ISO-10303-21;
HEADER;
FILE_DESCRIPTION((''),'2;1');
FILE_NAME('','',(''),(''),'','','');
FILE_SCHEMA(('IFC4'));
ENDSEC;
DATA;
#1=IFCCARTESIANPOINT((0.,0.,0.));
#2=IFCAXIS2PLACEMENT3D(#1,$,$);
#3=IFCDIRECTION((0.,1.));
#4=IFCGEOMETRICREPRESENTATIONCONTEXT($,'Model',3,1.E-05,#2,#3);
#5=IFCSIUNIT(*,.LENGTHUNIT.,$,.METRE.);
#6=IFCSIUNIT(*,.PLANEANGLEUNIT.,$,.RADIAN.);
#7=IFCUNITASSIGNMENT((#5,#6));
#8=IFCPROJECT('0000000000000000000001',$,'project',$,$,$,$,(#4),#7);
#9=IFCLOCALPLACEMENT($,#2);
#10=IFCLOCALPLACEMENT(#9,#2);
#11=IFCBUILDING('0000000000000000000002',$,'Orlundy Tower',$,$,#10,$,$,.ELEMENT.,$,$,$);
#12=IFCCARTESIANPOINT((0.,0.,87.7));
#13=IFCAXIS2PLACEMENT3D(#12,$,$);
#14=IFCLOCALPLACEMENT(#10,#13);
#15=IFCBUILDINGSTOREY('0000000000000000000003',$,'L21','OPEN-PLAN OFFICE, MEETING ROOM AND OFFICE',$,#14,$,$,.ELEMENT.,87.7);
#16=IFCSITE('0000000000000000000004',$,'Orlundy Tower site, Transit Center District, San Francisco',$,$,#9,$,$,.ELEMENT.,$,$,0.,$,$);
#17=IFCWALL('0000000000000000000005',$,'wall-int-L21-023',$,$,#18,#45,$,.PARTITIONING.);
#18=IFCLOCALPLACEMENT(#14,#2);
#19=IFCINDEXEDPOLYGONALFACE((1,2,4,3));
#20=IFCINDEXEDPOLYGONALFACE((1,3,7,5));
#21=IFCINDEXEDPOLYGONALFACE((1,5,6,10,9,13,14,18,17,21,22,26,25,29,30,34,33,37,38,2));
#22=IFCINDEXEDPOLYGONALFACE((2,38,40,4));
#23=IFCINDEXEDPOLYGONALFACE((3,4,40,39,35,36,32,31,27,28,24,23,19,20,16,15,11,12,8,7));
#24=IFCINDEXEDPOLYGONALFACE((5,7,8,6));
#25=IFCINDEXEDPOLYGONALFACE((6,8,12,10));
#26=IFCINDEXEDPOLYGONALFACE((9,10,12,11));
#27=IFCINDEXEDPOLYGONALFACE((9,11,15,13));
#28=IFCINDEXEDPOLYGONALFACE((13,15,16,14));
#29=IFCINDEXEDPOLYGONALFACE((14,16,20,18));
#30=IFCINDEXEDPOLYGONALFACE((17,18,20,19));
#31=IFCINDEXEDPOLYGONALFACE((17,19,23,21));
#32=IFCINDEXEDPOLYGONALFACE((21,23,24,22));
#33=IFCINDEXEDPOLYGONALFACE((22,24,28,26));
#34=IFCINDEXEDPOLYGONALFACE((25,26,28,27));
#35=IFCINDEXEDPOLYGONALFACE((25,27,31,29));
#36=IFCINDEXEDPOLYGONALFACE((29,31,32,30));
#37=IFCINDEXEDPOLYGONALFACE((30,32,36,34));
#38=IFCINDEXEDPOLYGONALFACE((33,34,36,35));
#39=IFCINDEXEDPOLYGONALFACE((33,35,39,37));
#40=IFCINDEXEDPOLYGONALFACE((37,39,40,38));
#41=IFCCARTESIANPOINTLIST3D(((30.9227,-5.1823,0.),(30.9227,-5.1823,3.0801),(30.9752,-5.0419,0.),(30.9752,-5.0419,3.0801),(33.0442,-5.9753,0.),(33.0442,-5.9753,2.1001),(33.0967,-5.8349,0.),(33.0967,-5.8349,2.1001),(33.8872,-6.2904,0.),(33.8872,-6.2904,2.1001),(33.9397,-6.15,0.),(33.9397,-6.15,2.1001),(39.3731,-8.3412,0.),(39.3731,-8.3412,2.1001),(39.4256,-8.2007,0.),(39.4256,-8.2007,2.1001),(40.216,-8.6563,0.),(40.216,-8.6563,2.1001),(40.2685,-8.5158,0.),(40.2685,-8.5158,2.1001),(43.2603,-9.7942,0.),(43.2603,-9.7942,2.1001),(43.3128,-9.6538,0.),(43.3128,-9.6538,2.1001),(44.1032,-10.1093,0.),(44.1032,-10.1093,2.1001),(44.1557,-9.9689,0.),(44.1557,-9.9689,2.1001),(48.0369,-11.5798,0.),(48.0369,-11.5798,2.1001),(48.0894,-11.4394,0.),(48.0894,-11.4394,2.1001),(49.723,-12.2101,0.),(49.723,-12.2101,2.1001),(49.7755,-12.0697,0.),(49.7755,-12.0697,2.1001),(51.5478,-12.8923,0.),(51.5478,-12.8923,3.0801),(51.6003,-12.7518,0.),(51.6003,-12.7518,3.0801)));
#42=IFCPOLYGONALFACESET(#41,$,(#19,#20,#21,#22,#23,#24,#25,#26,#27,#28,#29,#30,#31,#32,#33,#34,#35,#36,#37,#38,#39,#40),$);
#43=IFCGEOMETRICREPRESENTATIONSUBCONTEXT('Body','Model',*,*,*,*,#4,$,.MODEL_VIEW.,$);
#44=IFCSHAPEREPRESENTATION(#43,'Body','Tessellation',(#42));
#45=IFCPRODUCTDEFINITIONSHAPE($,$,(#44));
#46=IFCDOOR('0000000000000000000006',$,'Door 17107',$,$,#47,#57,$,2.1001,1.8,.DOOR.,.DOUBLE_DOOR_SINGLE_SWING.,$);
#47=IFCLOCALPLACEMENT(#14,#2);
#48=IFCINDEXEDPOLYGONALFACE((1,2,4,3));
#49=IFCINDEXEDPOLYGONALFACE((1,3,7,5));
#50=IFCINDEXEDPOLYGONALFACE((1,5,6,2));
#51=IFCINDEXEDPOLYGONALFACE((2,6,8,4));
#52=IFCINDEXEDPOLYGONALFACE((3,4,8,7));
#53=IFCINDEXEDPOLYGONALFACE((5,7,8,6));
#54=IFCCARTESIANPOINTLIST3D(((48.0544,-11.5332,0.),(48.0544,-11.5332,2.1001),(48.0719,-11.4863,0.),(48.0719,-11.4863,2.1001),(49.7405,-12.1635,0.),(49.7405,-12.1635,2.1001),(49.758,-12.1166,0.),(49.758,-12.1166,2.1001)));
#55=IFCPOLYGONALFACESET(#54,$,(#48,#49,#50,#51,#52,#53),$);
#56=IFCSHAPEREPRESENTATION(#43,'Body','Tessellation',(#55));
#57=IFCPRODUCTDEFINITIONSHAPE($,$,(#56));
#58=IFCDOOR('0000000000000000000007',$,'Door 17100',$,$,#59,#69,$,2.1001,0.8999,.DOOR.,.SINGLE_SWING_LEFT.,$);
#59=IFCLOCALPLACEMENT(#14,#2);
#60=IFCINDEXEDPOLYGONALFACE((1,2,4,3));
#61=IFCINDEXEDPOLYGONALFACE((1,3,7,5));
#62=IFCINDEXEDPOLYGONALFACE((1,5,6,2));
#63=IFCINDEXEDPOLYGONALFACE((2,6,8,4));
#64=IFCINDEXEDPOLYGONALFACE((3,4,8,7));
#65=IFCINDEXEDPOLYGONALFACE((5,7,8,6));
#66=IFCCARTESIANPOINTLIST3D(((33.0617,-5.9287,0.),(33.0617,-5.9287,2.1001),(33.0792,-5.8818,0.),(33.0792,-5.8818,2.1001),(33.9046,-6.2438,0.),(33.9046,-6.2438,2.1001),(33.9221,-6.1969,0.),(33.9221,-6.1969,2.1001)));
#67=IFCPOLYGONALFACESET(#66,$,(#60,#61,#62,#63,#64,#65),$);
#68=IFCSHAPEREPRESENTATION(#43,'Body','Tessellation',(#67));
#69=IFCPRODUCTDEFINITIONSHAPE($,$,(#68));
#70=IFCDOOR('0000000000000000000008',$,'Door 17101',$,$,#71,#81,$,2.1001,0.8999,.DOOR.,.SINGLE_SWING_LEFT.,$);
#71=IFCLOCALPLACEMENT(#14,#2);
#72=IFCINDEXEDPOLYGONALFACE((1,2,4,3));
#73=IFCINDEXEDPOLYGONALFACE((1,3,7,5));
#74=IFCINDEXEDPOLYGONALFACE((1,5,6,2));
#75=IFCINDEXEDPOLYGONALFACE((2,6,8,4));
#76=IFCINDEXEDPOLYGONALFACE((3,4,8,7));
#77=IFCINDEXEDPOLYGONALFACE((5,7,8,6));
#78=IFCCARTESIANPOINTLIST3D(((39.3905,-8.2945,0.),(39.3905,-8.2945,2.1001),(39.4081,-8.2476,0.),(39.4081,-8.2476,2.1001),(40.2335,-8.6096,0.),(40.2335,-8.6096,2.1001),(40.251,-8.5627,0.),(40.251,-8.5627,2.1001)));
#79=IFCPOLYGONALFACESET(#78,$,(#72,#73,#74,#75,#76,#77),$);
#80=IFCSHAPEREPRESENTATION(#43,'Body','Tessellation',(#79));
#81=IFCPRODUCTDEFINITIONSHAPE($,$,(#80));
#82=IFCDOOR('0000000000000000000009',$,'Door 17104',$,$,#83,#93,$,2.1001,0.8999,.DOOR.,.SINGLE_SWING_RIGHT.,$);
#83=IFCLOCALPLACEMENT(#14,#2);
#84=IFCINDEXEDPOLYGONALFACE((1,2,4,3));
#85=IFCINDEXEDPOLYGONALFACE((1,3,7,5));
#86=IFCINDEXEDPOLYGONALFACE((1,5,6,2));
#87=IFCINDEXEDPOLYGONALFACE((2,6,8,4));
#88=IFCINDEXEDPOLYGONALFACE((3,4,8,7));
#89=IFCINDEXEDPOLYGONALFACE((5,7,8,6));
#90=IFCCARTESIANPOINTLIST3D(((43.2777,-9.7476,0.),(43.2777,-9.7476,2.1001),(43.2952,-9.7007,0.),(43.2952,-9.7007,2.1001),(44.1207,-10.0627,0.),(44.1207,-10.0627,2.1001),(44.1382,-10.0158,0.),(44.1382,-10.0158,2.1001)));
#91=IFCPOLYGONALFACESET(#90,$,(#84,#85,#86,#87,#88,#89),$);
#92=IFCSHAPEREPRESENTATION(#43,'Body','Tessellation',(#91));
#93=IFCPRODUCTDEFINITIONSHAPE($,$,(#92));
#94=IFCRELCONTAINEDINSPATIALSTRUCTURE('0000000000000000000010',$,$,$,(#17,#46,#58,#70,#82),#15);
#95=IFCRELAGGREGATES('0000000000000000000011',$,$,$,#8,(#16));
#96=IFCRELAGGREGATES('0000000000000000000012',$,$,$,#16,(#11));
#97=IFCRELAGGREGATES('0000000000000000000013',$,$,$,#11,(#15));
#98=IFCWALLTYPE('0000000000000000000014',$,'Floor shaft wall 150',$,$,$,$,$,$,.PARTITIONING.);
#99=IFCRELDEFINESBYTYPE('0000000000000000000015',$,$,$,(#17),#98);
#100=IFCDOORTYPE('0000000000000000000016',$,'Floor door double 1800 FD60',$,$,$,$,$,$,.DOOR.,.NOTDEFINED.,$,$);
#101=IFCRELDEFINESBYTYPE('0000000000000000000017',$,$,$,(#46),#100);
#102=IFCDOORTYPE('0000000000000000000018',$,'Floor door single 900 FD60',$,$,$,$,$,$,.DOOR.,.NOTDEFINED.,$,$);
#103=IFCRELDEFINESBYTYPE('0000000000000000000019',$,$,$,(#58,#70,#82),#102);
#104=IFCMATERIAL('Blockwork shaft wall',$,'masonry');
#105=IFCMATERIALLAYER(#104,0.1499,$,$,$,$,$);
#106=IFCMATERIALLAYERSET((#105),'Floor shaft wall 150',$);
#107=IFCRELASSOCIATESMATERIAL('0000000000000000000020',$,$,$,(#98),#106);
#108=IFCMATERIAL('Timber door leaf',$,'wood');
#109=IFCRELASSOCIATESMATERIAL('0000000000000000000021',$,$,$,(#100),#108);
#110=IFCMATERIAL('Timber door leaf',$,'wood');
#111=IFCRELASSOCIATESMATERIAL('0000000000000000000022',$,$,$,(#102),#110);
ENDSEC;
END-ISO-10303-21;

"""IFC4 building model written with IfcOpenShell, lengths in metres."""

from ifc_helpers import new_model, si_unit, direction, frame, frame_2d, origin, place, context, subcontext, project, spatial, rectangle, extrude, material, layer, layer_set, type_object, element, fill, save


model = new_model("IFC4")

# Units and contexts
model_context = context("Model", 3, precision=1e-05, world=origin(), true_north=direction((0.0, 1.0)))
body_context = subcontext(model_context, "Body", "Model", "MODEL_VIEW")
ifc_project = project(units=[si_unit("LENGTHUNIT", "METRE"), si_unit("PLANEANGLEUNIT", "RADIAN")], contexts=[model_context])

# Site, building, storey
site_placement = place(None, origin())
site = spatial("IfcSite", under=ifc_project, at=site_placement, Name="Orlundy Tower site, Transit Center District, San Francisco", CompositionType="ELEMENT", RefElevation=0.0)
building_placement = place(site_placement, origin())
building = spatial("IfcBuilding", under=site, at=building_placement, Name="Orlundy Tower", CompositionType="ELEMENT")
storey_placement = place(building_placement, frame((0.0, 0.0, 87.7)))
storey = spatial("IfcBuildingStorey", under=building, at=storey_placement, Name="L21", Description="OPEN-PLAN OFFICE, MEETING ROOM AND OFFICE", CompositionType="ELEMENT", Elevation=87.7)

# Wall, openings, doors
ifc_material_1 = material(Name="Blockwork shaft wall", Category="masonry")
ifc_layer_1 = layer(ifc_material_1, 0.1499)
ifc_layer_set_1 = layer_set([ifc_layer_1], Name="Floor shaft wall 150")
wall_type_1 = type_object("IfcWallType", Name="Floor shaft wall 150", PredefinedType="PARTITIONING", material=ifc_layer_set_1)
wall_1_placement = place(storey_placement, frame((30.949, -5.1121, 0.0), z_axis=(0.0, 0.0, 1.0), x_axis=(0.936693, -0.350151, 0.0)))
wall_1 = element("IfcWall", 1, at=wall_1_placement, inside=storey, type_object=wall_type_1, Name="wall-int-L21-023", PredefinedType="PARTITIONING", context=body_context, shape_type="SweptSolid", body=[
    extrude(rectangle(XDim=22.019, YDim=0.1499, at=frame_2d((11.0095, 0.0))), origin(), (0.0, 0.0, 1.0), 3.0801),
])
opening_1_placement = place(wall_1_placement, frame((2.2649, 0.0, 0.0)))
opening_1 = element("IfcOpeningElement", 2, at=opening_1_placement, cuts=wall_1, PredefinedType="OPENING", context=body_context, shape_type="SweptSolid", body=[
    extrude(rectangle(XDim=0.8999, YDim=2.1001, at=frame_2d((0.45, 1.05))), frame((0.0, 0.085, 0.0), z_axis=(0.0, -1.0, 0.0), x_axis=(1.0, 0.0, 0.0)), (0.0, 0.0, 1.0), 0.1699),
])
opening_2_placement = place(wall_1_placement, frame((9.0215, 0.0, 0.0)))
opening_2 = element("IfcOpeningElement", 3, at=opening_2_placement, cuts=wall_1, PredefinedType="OPENING", context=body_context, shape_type="SweptSolid", body=[
    extrude(rectangle(XDim=0.8999, YDim=2.1001, at=frame_2d((0.45, 1.05))), frame((0.0, 0.085, 0.0), z_axis=(0.0, -1.0, 0.0), x_axis=(1.0, 0.0, 0.0)), (0.0, 0.0, 1.0), 0.1699),
])
opening_3_placement = place(wall_1_placement, frame((13.1714, 0.0, 0.0)))
opening_3 = element("IfcOpeningElement", 4, at=opening_3_placement, cuts=wall_1, PredefinedType="OPENING", context=body_context, shape_type="SweptSolid", body=[
    extrude(rectangle(XDim=0.8999, YDim=2.1001, at=frame_2d((0.45, 1.05))), frame((0.0, 0.085, 0.0), z_axis=(0.0, -1.0, 0.0), x_axis=(1.0, 0.0, 0.0)), (0.0, 0.0, 1.0), 0.1699),
])
opening_4_placement = place(wall_1_placement, frame((18.271, 0.0, 0.0)))
opening_4 = element("IfcOpeningElement", 5, at=opening_4_placement, cuts=wall_1, PredefinedType="OPENING", context=body_context, shape_type="SweptSolid", body=[
    extrude(rectangle(XDim=1.8, YDim=2.1001, at=frame_2d((0.8999, 1.05))), frame((0.0, 0.085, 0.0), z_axis=(0.0, -1.0, 0.0), x_axis=(1.0, 0.0, 0.0)), (0.0, 0.0, 1.0), 0.1699),
])
ifc_material_2 = material(Name="Timber door leaf", Category="wood")
door_type_1 = type_object("IfcDoorType", Name="Floor door double 1800 FD60", OperationType="NOTDEFINED", PredefinedType="DOOR", material=ifc_material_2)
door_1_placement = place(opening_4_placement, origin())
door_1 = element("IfcDoor", 6, at=door_1_placement, inside=storey, type_object=door_type_1, Name="Door 17107", OperationType="DOUBLE_DOOR_SINGLE_SWING", OverallHeight=2.1001, OverallWidth=1.8, PredefinedType="DOOR", context=body_context, shape_type="SweptSolid", body=[
    extrude(rectangle(XDim=1.8, YDim=2.1001, at=frame_2d((0.8999, 1.05))), frame((0.0, 0.0249, 0.0), z_axis=(0.0, -1.0, 0.0), x_axis=(1.0, 0.0, 0.0)), (0.0, 0.0, 1.0), 0.05),
])
fill(opening_4, door_1)
ifc_material_3 = material(Name="Timber door leaf", Category="wood")
door_type_2 = type_object("IfcDoorType", Name="Floor door single 900 FD60", OperationType="NOTDEFINED", PredefinedType="DOOR", material=ifc_material_3)
door_2_placement = place(opening_1_placement, origin())
door_2 = element("IfcDoor", 7, at=door_2_placement, inside=storey, type_object=door_type_2, Name="Door 17100", OperationType="SINGLE_SWING_LEFT", OverallHeight=2.1001, OverallWidth=0.8999, PredefinedType="DOOR", context=body_context, shape_type="SweptSolid", body=[
    extrude(rectangle(XDim=0.8999, YDim=2.1001, at=frame_2d((0.45, 1.05))), frame((0.0, 0.0249, 0.0), z_axis=(0.0, -1.0, 0.0), x_axis=(1.0, 0.0, 0.0)), (0.0, 0.0, 1.0), 0.05),
])
fill(opening_1, door_2)
door_3_placement = place(opening_2_placement, origin())
door_3 = element("IfcDoor", 8, at=door_3_placement, inside=storey, type_object=door_type_2, Name="Door 17101", OperationType="SINGLE_SWING_LEFT", OverallHeight=2.1001, OverallWidth=0.8999, PredefinedType="DOOR", context=body_context, shape_type="SweptSolid", body=[
    extrude(rectangle(XDim=0.8999, YDim=2.1001, at=frame_2d((0.45, 1.05))), frame((0.0, 0.0249, 0.0), z_axis=(0.0, -1.0, 0.0), x_axis=(1.0, 0.0, 0.0)), (0.0, 0.0, 1.0), 0.05),
])
fill(opening_2, door_3)
door_4_placement = place(opening_3_placement, origin())
door_4 = element("IfcDoor", 9, at=door_4_placement, inside=storey, type_object=door_type_2, Name="Door 17104", OperationType="SINGLE_SWING_RIGHT", OverallHeight=2.1001, OverallWidth=0.8999, PredefinedType="DOOR", context=body_context, shape_type="SweptSolid", body=[
    extrude(rectangle(XDim=0.8999, YDim=2.1001, at=frame_2d((0.45, 1.05))), frame((0.0, 0.0249, 0.0), z_axis=(0.0, -1.0, 0.0), x_axis=(1.0, 0.0, 0.0)), (0.0, 0.0, 1.0), 0.05),
])
fill(opening_3, door_4)

save(model, "model.ifc")
